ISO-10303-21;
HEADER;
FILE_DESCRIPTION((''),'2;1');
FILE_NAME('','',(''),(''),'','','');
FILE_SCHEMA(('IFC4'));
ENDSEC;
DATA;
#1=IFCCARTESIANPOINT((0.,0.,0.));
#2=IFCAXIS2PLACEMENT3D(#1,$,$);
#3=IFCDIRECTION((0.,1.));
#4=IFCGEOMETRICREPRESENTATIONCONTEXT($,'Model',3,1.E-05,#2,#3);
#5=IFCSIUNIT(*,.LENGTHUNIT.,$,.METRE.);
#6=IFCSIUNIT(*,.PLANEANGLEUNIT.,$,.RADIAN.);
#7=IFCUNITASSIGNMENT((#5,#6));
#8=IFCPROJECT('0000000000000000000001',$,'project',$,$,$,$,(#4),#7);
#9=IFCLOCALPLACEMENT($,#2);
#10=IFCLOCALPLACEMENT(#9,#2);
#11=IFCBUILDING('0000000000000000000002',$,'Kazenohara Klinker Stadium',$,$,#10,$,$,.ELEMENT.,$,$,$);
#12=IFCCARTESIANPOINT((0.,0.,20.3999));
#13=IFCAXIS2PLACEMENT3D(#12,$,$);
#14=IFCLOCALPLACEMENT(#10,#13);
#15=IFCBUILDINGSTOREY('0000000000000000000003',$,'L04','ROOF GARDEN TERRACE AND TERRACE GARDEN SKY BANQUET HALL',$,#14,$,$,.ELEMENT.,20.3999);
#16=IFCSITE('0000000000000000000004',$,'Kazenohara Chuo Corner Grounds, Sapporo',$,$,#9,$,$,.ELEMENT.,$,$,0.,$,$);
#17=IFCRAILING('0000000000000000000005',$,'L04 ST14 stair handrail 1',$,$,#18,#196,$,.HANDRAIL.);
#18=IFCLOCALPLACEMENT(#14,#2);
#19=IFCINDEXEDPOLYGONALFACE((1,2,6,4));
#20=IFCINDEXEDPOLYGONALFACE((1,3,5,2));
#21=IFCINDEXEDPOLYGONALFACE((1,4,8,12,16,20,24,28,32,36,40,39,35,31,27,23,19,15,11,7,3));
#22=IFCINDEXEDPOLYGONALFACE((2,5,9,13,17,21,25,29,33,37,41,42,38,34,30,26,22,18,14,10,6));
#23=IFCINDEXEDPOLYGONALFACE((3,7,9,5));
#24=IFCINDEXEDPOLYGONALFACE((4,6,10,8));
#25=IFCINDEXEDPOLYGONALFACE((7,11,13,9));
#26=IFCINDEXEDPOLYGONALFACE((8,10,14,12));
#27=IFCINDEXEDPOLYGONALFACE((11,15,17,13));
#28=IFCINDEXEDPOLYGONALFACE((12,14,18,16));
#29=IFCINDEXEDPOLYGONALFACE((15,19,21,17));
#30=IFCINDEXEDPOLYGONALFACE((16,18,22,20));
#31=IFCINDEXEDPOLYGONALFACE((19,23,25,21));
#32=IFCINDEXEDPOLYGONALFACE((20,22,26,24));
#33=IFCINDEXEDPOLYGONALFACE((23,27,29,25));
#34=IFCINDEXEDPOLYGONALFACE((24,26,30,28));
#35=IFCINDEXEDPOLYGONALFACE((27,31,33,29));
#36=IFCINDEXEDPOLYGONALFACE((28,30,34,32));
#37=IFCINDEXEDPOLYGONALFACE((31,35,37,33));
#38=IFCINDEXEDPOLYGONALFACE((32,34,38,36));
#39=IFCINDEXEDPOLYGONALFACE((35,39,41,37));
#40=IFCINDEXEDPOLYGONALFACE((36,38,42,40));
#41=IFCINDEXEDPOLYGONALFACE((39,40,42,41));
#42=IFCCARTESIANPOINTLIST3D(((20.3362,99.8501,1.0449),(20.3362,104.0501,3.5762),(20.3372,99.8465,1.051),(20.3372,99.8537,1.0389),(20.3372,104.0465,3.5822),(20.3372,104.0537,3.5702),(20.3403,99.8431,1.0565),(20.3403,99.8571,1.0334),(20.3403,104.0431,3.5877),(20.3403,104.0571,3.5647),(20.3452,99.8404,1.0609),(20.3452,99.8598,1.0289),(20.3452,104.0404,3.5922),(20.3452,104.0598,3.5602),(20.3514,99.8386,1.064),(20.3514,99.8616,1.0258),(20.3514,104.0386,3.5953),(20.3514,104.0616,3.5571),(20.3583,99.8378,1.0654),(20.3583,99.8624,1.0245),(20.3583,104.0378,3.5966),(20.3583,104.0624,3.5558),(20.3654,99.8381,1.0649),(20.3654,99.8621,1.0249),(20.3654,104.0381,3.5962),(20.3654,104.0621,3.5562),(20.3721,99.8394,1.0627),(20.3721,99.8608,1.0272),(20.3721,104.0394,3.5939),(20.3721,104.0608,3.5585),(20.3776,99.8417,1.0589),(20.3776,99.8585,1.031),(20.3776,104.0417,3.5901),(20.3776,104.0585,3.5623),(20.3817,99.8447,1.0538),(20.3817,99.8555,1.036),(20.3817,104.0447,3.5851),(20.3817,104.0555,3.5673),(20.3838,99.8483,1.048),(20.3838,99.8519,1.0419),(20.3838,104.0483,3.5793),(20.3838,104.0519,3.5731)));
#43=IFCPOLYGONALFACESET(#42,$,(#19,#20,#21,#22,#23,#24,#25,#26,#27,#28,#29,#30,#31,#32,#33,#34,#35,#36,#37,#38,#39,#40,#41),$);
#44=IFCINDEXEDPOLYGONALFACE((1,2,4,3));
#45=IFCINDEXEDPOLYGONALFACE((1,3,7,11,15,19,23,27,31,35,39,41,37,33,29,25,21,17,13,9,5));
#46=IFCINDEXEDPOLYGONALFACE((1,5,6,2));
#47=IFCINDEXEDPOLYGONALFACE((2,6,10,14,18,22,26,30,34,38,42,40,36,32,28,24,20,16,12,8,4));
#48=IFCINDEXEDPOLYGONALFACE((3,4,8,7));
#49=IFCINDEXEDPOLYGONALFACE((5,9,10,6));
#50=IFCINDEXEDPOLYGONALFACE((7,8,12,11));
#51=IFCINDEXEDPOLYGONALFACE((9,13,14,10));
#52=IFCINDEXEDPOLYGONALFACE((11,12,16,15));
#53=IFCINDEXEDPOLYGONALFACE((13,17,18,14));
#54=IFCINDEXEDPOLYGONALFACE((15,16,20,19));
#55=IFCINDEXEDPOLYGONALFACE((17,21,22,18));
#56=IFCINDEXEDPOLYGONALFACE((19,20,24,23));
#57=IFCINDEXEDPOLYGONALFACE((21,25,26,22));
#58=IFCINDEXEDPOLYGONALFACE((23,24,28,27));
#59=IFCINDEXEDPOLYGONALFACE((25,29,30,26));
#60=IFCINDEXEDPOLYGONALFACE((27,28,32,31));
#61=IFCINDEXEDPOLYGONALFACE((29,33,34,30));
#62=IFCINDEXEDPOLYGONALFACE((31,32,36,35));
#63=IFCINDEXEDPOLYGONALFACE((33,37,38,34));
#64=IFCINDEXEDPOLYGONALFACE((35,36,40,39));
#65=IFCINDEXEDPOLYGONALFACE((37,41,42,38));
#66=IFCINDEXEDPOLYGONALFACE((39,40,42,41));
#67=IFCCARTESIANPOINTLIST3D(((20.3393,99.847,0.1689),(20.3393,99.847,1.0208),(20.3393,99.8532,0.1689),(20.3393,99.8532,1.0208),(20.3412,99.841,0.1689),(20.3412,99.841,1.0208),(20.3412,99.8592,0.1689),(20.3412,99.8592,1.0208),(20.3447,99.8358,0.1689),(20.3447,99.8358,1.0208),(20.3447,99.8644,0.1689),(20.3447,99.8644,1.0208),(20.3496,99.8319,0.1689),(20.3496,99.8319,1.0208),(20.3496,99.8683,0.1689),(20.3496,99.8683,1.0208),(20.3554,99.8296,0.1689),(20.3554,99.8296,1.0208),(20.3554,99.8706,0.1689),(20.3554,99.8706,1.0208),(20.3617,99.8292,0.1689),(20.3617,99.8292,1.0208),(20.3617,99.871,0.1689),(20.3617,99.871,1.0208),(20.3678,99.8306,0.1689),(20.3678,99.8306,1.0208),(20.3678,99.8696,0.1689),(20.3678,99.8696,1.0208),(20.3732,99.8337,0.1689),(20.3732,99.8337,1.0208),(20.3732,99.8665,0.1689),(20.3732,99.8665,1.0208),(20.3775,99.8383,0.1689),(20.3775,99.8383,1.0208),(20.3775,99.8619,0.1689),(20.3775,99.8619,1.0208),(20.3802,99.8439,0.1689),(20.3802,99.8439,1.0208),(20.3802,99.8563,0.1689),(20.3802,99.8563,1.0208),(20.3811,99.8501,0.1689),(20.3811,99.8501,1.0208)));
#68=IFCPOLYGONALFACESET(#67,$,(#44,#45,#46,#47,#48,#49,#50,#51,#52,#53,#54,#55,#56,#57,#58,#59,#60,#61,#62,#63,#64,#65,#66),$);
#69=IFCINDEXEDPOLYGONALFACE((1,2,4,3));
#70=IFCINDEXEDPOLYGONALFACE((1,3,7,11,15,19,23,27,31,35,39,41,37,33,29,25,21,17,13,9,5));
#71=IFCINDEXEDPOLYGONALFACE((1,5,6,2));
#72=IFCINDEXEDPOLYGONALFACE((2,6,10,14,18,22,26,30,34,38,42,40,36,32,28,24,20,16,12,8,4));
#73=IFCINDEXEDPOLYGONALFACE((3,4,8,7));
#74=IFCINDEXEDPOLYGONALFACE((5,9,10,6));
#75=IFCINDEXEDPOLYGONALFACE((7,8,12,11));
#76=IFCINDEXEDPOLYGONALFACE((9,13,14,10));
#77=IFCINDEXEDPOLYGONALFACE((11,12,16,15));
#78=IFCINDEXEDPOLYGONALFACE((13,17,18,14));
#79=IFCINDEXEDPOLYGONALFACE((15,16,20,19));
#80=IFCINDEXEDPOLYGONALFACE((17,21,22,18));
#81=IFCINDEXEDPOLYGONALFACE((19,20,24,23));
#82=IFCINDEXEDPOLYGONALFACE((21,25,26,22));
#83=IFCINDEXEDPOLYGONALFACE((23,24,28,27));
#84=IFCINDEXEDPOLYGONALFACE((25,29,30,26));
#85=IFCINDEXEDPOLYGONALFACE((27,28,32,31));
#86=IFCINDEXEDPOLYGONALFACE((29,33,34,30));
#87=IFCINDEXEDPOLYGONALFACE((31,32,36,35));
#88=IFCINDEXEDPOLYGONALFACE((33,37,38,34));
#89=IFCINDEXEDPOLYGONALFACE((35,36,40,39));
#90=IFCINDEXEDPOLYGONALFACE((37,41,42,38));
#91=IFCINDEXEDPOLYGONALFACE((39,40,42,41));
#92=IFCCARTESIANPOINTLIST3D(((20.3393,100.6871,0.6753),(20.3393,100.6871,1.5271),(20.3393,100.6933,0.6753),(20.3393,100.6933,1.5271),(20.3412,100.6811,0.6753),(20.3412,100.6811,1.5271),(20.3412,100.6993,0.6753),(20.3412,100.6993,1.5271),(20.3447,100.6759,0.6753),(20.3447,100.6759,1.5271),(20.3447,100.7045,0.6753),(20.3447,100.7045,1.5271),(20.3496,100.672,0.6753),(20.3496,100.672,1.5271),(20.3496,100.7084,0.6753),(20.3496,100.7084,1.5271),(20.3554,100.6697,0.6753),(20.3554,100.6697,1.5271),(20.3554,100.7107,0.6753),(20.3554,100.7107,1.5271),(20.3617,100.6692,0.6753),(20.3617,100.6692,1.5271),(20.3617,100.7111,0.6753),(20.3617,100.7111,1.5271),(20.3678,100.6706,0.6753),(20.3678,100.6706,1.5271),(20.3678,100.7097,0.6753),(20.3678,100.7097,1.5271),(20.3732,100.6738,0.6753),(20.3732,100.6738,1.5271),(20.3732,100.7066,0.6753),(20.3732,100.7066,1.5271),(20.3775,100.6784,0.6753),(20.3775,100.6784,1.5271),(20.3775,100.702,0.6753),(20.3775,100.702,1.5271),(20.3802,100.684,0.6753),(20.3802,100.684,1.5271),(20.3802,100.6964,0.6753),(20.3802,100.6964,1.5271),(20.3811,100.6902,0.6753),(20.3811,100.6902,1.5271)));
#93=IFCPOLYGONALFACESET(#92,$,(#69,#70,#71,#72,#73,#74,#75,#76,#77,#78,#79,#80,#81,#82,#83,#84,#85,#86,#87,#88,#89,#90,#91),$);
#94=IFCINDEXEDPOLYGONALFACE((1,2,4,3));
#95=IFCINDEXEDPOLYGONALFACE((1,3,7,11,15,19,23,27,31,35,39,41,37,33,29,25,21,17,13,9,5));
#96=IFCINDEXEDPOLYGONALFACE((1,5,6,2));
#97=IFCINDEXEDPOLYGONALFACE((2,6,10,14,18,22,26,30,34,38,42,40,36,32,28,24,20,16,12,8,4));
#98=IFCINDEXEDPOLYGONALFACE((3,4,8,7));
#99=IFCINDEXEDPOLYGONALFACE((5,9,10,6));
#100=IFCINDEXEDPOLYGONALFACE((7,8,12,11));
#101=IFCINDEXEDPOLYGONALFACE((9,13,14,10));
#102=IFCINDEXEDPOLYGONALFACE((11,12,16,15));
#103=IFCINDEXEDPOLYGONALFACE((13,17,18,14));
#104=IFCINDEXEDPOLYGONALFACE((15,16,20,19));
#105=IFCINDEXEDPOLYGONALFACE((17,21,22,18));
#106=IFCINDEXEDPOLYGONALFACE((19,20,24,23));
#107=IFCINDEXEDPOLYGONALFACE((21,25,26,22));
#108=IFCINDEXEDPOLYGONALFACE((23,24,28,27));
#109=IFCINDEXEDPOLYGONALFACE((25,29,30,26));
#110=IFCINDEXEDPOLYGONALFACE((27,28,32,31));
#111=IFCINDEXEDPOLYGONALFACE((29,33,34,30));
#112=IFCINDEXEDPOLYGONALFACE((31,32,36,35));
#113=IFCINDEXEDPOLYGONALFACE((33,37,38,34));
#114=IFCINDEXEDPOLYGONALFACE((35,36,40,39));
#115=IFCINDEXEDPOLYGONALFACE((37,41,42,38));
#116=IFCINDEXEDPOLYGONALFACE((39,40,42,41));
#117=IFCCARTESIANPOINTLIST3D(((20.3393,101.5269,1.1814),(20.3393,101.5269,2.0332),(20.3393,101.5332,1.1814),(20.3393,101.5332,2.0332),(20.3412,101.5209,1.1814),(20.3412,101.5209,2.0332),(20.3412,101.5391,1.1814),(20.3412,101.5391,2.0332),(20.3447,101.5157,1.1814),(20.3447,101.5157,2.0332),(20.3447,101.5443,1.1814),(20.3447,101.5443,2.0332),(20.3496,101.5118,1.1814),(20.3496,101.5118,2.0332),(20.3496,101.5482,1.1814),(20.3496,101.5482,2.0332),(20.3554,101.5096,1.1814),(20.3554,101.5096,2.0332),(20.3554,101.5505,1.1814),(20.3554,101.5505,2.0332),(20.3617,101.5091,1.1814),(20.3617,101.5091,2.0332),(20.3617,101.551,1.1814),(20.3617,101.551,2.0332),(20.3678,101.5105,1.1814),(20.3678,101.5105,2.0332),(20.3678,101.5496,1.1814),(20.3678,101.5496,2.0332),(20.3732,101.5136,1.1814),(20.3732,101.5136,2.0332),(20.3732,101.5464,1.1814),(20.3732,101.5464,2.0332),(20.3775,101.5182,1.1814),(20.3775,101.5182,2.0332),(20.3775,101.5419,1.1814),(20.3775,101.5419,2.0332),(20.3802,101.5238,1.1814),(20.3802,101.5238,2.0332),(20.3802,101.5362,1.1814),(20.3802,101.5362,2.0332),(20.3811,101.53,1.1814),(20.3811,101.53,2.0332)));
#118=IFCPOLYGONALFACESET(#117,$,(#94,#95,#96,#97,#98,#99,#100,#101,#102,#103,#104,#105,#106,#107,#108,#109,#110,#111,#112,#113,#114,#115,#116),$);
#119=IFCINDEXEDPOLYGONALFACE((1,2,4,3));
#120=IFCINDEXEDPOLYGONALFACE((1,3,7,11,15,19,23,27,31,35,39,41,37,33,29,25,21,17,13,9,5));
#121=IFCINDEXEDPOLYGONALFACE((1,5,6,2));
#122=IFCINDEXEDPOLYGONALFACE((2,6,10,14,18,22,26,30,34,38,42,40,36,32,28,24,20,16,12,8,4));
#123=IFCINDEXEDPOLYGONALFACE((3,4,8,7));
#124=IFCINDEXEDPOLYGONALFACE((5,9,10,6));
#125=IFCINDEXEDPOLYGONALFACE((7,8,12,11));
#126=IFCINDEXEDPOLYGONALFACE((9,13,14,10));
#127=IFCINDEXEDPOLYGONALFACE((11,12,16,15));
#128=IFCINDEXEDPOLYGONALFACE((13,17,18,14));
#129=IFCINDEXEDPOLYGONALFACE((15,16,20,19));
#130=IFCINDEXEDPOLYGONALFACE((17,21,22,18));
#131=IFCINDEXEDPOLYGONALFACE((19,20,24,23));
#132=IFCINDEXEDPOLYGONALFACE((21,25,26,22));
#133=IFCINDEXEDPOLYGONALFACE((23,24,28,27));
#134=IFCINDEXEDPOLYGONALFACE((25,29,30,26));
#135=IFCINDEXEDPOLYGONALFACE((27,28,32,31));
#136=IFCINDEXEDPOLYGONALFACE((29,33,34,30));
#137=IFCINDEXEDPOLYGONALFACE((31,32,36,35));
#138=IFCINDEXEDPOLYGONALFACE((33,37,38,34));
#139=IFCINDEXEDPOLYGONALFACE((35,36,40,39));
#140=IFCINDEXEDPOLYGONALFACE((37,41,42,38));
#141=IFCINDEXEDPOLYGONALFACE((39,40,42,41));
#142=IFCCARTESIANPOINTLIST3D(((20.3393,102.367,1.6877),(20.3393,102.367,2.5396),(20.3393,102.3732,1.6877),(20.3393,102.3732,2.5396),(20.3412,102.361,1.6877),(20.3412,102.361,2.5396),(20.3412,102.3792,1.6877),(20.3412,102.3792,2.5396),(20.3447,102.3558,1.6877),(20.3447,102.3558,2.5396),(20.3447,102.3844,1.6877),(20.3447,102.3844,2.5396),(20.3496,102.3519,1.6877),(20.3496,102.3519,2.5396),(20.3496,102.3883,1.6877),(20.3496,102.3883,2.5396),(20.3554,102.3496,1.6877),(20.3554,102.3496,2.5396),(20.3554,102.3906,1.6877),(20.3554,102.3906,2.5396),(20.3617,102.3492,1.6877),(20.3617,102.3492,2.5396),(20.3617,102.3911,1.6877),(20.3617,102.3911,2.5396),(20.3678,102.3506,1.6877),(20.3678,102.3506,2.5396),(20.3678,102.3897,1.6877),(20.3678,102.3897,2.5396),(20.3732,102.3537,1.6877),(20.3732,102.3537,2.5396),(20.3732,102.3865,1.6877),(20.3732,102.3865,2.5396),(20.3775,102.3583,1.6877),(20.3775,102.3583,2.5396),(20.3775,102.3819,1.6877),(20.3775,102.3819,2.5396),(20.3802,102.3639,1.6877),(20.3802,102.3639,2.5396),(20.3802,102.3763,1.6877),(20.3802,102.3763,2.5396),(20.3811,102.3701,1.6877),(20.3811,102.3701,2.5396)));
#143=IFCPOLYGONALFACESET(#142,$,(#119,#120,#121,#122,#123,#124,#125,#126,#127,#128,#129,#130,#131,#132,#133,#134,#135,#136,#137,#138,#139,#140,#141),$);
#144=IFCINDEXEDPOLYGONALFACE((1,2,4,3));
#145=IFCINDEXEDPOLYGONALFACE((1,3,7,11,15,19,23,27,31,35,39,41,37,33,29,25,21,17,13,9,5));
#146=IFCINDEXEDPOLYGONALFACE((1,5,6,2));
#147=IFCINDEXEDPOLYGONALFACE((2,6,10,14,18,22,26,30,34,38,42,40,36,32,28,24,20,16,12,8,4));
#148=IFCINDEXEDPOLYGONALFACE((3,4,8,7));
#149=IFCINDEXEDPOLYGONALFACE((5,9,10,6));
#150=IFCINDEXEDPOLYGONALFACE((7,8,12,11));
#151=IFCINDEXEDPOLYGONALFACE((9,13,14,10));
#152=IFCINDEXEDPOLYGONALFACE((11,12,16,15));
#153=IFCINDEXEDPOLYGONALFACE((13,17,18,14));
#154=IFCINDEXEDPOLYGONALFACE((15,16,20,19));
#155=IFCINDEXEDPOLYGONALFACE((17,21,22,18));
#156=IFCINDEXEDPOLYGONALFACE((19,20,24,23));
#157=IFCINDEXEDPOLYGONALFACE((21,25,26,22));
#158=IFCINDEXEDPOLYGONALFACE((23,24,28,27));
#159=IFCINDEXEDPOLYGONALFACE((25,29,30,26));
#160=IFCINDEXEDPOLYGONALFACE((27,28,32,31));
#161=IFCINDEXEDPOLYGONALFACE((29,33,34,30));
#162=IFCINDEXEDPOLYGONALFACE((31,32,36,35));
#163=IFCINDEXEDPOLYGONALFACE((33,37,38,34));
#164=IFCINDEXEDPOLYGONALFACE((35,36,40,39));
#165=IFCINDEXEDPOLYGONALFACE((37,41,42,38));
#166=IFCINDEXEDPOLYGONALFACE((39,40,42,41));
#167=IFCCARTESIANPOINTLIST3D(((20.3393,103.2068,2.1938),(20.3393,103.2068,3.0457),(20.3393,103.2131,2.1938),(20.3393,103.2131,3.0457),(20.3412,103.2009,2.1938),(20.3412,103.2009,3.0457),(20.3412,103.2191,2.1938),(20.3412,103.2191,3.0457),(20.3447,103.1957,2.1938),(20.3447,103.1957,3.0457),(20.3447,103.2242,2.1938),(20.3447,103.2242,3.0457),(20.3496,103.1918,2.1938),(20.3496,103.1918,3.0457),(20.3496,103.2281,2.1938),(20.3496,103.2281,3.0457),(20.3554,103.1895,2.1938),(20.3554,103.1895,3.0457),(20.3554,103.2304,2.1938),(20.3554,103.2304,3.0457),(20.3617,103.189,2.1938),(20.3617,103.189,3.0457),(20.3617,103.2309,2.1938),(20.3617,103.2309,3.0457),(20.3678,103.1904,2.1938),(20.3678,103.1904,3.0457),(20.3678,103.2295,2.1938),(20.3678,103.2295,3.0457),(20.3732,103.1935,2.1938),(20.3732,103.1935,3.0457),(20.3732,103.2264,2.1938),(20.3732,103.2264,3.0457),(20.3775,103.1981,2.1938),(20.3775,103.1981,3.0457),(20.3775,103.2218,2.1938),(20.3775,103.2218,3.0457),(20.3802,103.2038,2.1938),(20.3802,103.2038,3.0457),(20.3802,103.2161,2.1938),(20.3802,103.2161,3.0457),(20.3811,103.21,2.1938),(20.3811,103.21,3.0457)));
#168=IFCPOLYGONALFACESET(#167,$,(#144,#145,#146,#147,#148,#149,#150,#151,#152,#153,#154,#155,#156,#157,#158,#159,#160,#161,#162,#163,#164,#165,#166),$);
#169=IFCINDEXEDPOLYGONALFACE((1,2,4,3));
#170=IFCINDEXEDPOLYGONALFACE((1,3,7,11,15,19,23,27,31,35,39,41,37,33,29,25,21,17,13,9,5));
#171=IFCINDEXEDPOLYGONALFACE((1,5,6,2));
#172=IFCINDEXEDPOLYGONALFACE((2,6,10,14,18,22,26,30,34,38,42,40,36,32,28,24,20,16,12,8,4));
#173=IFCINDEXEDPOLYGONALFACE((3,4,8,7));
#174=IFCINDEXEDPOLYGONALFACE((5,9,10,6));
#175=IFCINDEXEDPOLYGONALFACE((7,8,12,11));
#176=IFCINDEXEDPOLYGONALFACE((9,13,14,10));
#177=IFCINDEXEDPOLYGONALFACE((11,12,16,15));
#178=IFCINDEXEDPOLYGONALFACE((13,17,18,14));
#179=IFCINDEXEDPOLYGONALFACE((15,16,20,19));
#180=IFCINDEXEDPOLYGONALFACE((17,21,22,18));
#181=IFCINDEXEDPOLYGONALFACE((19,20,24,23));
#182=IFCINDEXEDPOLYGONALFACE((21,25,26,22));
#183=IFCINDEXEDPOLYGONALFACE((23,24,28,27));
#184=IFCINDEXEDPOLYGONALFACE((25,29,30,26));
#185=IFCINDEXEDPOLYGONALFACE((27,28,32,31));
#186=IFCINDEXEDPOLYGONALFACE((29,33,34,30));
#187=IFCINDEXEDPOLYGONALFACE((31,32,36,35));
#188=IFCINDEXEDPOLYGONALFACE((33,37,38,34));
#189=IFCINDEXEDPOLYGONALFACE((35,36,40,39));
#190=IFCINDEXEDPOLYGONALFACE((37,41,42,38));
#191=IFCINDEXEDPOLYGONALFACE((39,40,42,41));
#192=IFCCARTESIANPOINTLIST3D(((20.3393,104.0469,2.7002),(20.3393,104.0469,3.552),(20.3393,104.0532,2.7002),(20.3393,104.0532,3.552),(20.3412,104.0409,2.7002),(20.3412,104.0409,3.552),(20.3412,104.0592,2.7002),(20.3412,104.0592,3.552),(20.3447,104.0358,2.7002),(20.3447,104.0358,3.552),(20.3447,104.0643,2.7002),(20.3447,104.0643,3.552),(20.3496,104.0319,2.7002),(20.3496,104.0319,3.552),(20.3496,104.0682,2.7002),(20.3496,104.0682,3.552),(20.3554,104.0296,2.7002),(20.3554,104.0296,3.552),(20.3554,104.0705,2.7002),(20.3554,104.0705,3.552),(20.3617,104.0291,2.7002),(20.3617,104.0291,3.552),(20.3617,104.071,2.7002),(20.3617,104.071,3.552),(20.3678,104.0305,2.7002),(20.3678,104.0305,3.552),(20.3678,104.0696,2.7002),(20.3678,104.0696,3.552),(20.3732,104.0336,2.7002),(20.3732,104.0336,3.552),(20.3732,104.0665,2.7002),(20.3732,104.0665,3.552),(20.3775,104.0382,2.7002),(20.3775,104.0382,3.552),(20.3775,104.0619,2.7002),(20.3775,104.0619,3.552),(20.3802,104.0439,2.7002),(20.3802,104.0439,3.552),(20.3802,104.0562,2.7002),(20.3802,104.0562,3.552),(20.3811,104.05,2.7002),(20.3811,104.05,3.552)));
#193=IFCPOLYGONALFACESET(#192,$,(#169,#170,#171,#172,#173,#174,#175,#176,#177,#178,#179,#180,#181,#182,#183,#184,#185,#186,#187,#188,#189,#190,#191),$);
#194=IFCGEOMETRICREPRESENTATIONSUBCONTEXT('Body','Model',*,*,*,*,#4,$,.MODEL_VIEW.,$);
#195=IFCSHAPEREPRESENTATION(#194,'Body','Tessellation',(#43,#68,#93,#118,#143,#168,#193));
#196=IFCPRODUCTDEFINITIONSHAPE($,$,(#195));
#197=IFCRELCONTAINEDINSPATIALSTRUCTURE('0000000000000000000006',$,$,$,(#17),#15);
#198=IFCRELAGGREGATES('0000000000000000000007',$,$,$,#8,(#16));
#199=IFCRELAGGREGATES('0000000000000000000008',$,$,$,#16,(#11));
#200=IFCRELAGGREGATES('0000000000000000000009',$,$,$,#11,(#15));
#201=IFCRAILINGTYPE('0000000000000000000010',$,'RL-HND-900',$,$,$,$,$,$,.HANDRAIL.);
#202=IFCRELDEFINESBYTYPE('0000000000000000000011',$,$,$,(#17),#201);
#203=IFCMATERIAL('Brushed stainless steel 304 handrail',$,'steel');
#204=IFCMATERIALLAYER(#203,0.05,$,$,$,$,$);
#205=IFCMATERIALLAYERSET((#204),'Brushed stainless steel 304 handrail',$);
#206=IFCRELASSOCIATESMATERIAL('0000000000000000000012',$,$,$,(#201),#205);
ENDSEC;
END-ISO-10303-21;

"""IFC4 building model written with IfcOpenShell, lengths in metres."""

from ifc_helpers import new_model, si_unit, direction, frame, origin, origin_2d, place, context, subcontext, project, spatial, circle, extrude, material, layer, layer_set, type_object, element, save


model = new_model("IFC4")

# Units and contexts
model_context = context("Model", 3, precision=1e-05, world=origin(), true_north=direction((0.0, 1.0)))
body_context = subcontext(model_context, "Body", "Model", "MODEL_VIEW")
ifc_project = project(units=[si_unit("LENGTHUNIT", "METRE"), si_unit("PLANEANGLEUNIT", "RADIAN")], contexts=[model_context])

# Site, building, storey
site_placement = place(None, origin())
site = spatial("IfcSite", under=ifc_project, at=site_placement, Name="Kazenohara Chuo Corner Grounds, Sapporo", CompositionType="ELEMENT", RefElevation=0.0)
building_placement = place(site_placement, origin())
building = spatial("IfcBuilding", under=site, at=building_placement, Name="Kazenohara Klinker Stadium", CompositionType="ELEMENT")
storey_placement = place(building_placement, frame((0.0, 0.0, 20.3999)))
storey = spatial("IfcBuildingStorey", under=building, at=storey_placement, Name="L04", Description="ROOF GARDEN TERRACE AND TERRACE GARDEN SKY BANQUET HALL", CompositionType="ELEMENT", Elevation=20.3999)

# Railing
ifc_material_1 = material(Name="Brushed stainless steel 304 handrail", Category="steel")
ifc_layer_1 = layer(ifc_material_1, 0.05)
ifc_layer_set_1 = layer_set([ifc_layer_1], Name="Brushed stainless steel 304 handrail")
railing_type = type_object("IfcRailingType", Name="RL-HND-900", PredefinedType="HANDRAIL", material=ifc_layer_set_1)
railing_placement = place(storey_placement, frame((20.3601, 99.8501, 0.1689)))
element("IfcRailing", 1, at=railing_placement, inside=storey, type_object=railing_type, Name="L04 ST14 stair handrail 1", PredefinedType="HANDRAIL", context=body_context, shape_type="SweptSolid", body=[
    extrude(circle(Radius=0.0239, at=origin_2d()), frame((0.0, 0.0, 0.876), z_axis=(0.0, 0.856476, 0.516186), x_axis=(-1.0, 0.0, 0.0)), (0.0, 0.0, 1.0), 4.9038),
    extrude(circle(Radius=0.021, at=origin_2d()), origin(), (0.0, 0.0, 1.0), 0.8518),
    extrude(circle(Radius=0.021, at=origin_2d()), frame((0.0, 0.8401, 0.5063)), (0.0, 0.0, 1.0), 0.8518),
    extrude(circle(Radius=0.021, at=origin_2d()), frame((0.0, 1.6799, 1.0125)), (0.0, 0.0, 1.0), 0.8518),
    extrude(circle(Radius=0.021, at=origin_2d()), frame((0.0, 2.52, 1.5188)), (0.0, 0.0, 1.0), 0.8518),
    extrude(circle(Radius=0.021, at=origin_2d()), frame((0.0, 3.3599, 2.0249)), (0.0, 0.0, 1.0), 0.8518),
    extrude(circle(Radius=0.021, at=origin_2d()), frame((0.0, 4.2, 2.5312)), (0.0, 0.0, 1.0), 0.8518),
])

save(model, "model.ifc")
